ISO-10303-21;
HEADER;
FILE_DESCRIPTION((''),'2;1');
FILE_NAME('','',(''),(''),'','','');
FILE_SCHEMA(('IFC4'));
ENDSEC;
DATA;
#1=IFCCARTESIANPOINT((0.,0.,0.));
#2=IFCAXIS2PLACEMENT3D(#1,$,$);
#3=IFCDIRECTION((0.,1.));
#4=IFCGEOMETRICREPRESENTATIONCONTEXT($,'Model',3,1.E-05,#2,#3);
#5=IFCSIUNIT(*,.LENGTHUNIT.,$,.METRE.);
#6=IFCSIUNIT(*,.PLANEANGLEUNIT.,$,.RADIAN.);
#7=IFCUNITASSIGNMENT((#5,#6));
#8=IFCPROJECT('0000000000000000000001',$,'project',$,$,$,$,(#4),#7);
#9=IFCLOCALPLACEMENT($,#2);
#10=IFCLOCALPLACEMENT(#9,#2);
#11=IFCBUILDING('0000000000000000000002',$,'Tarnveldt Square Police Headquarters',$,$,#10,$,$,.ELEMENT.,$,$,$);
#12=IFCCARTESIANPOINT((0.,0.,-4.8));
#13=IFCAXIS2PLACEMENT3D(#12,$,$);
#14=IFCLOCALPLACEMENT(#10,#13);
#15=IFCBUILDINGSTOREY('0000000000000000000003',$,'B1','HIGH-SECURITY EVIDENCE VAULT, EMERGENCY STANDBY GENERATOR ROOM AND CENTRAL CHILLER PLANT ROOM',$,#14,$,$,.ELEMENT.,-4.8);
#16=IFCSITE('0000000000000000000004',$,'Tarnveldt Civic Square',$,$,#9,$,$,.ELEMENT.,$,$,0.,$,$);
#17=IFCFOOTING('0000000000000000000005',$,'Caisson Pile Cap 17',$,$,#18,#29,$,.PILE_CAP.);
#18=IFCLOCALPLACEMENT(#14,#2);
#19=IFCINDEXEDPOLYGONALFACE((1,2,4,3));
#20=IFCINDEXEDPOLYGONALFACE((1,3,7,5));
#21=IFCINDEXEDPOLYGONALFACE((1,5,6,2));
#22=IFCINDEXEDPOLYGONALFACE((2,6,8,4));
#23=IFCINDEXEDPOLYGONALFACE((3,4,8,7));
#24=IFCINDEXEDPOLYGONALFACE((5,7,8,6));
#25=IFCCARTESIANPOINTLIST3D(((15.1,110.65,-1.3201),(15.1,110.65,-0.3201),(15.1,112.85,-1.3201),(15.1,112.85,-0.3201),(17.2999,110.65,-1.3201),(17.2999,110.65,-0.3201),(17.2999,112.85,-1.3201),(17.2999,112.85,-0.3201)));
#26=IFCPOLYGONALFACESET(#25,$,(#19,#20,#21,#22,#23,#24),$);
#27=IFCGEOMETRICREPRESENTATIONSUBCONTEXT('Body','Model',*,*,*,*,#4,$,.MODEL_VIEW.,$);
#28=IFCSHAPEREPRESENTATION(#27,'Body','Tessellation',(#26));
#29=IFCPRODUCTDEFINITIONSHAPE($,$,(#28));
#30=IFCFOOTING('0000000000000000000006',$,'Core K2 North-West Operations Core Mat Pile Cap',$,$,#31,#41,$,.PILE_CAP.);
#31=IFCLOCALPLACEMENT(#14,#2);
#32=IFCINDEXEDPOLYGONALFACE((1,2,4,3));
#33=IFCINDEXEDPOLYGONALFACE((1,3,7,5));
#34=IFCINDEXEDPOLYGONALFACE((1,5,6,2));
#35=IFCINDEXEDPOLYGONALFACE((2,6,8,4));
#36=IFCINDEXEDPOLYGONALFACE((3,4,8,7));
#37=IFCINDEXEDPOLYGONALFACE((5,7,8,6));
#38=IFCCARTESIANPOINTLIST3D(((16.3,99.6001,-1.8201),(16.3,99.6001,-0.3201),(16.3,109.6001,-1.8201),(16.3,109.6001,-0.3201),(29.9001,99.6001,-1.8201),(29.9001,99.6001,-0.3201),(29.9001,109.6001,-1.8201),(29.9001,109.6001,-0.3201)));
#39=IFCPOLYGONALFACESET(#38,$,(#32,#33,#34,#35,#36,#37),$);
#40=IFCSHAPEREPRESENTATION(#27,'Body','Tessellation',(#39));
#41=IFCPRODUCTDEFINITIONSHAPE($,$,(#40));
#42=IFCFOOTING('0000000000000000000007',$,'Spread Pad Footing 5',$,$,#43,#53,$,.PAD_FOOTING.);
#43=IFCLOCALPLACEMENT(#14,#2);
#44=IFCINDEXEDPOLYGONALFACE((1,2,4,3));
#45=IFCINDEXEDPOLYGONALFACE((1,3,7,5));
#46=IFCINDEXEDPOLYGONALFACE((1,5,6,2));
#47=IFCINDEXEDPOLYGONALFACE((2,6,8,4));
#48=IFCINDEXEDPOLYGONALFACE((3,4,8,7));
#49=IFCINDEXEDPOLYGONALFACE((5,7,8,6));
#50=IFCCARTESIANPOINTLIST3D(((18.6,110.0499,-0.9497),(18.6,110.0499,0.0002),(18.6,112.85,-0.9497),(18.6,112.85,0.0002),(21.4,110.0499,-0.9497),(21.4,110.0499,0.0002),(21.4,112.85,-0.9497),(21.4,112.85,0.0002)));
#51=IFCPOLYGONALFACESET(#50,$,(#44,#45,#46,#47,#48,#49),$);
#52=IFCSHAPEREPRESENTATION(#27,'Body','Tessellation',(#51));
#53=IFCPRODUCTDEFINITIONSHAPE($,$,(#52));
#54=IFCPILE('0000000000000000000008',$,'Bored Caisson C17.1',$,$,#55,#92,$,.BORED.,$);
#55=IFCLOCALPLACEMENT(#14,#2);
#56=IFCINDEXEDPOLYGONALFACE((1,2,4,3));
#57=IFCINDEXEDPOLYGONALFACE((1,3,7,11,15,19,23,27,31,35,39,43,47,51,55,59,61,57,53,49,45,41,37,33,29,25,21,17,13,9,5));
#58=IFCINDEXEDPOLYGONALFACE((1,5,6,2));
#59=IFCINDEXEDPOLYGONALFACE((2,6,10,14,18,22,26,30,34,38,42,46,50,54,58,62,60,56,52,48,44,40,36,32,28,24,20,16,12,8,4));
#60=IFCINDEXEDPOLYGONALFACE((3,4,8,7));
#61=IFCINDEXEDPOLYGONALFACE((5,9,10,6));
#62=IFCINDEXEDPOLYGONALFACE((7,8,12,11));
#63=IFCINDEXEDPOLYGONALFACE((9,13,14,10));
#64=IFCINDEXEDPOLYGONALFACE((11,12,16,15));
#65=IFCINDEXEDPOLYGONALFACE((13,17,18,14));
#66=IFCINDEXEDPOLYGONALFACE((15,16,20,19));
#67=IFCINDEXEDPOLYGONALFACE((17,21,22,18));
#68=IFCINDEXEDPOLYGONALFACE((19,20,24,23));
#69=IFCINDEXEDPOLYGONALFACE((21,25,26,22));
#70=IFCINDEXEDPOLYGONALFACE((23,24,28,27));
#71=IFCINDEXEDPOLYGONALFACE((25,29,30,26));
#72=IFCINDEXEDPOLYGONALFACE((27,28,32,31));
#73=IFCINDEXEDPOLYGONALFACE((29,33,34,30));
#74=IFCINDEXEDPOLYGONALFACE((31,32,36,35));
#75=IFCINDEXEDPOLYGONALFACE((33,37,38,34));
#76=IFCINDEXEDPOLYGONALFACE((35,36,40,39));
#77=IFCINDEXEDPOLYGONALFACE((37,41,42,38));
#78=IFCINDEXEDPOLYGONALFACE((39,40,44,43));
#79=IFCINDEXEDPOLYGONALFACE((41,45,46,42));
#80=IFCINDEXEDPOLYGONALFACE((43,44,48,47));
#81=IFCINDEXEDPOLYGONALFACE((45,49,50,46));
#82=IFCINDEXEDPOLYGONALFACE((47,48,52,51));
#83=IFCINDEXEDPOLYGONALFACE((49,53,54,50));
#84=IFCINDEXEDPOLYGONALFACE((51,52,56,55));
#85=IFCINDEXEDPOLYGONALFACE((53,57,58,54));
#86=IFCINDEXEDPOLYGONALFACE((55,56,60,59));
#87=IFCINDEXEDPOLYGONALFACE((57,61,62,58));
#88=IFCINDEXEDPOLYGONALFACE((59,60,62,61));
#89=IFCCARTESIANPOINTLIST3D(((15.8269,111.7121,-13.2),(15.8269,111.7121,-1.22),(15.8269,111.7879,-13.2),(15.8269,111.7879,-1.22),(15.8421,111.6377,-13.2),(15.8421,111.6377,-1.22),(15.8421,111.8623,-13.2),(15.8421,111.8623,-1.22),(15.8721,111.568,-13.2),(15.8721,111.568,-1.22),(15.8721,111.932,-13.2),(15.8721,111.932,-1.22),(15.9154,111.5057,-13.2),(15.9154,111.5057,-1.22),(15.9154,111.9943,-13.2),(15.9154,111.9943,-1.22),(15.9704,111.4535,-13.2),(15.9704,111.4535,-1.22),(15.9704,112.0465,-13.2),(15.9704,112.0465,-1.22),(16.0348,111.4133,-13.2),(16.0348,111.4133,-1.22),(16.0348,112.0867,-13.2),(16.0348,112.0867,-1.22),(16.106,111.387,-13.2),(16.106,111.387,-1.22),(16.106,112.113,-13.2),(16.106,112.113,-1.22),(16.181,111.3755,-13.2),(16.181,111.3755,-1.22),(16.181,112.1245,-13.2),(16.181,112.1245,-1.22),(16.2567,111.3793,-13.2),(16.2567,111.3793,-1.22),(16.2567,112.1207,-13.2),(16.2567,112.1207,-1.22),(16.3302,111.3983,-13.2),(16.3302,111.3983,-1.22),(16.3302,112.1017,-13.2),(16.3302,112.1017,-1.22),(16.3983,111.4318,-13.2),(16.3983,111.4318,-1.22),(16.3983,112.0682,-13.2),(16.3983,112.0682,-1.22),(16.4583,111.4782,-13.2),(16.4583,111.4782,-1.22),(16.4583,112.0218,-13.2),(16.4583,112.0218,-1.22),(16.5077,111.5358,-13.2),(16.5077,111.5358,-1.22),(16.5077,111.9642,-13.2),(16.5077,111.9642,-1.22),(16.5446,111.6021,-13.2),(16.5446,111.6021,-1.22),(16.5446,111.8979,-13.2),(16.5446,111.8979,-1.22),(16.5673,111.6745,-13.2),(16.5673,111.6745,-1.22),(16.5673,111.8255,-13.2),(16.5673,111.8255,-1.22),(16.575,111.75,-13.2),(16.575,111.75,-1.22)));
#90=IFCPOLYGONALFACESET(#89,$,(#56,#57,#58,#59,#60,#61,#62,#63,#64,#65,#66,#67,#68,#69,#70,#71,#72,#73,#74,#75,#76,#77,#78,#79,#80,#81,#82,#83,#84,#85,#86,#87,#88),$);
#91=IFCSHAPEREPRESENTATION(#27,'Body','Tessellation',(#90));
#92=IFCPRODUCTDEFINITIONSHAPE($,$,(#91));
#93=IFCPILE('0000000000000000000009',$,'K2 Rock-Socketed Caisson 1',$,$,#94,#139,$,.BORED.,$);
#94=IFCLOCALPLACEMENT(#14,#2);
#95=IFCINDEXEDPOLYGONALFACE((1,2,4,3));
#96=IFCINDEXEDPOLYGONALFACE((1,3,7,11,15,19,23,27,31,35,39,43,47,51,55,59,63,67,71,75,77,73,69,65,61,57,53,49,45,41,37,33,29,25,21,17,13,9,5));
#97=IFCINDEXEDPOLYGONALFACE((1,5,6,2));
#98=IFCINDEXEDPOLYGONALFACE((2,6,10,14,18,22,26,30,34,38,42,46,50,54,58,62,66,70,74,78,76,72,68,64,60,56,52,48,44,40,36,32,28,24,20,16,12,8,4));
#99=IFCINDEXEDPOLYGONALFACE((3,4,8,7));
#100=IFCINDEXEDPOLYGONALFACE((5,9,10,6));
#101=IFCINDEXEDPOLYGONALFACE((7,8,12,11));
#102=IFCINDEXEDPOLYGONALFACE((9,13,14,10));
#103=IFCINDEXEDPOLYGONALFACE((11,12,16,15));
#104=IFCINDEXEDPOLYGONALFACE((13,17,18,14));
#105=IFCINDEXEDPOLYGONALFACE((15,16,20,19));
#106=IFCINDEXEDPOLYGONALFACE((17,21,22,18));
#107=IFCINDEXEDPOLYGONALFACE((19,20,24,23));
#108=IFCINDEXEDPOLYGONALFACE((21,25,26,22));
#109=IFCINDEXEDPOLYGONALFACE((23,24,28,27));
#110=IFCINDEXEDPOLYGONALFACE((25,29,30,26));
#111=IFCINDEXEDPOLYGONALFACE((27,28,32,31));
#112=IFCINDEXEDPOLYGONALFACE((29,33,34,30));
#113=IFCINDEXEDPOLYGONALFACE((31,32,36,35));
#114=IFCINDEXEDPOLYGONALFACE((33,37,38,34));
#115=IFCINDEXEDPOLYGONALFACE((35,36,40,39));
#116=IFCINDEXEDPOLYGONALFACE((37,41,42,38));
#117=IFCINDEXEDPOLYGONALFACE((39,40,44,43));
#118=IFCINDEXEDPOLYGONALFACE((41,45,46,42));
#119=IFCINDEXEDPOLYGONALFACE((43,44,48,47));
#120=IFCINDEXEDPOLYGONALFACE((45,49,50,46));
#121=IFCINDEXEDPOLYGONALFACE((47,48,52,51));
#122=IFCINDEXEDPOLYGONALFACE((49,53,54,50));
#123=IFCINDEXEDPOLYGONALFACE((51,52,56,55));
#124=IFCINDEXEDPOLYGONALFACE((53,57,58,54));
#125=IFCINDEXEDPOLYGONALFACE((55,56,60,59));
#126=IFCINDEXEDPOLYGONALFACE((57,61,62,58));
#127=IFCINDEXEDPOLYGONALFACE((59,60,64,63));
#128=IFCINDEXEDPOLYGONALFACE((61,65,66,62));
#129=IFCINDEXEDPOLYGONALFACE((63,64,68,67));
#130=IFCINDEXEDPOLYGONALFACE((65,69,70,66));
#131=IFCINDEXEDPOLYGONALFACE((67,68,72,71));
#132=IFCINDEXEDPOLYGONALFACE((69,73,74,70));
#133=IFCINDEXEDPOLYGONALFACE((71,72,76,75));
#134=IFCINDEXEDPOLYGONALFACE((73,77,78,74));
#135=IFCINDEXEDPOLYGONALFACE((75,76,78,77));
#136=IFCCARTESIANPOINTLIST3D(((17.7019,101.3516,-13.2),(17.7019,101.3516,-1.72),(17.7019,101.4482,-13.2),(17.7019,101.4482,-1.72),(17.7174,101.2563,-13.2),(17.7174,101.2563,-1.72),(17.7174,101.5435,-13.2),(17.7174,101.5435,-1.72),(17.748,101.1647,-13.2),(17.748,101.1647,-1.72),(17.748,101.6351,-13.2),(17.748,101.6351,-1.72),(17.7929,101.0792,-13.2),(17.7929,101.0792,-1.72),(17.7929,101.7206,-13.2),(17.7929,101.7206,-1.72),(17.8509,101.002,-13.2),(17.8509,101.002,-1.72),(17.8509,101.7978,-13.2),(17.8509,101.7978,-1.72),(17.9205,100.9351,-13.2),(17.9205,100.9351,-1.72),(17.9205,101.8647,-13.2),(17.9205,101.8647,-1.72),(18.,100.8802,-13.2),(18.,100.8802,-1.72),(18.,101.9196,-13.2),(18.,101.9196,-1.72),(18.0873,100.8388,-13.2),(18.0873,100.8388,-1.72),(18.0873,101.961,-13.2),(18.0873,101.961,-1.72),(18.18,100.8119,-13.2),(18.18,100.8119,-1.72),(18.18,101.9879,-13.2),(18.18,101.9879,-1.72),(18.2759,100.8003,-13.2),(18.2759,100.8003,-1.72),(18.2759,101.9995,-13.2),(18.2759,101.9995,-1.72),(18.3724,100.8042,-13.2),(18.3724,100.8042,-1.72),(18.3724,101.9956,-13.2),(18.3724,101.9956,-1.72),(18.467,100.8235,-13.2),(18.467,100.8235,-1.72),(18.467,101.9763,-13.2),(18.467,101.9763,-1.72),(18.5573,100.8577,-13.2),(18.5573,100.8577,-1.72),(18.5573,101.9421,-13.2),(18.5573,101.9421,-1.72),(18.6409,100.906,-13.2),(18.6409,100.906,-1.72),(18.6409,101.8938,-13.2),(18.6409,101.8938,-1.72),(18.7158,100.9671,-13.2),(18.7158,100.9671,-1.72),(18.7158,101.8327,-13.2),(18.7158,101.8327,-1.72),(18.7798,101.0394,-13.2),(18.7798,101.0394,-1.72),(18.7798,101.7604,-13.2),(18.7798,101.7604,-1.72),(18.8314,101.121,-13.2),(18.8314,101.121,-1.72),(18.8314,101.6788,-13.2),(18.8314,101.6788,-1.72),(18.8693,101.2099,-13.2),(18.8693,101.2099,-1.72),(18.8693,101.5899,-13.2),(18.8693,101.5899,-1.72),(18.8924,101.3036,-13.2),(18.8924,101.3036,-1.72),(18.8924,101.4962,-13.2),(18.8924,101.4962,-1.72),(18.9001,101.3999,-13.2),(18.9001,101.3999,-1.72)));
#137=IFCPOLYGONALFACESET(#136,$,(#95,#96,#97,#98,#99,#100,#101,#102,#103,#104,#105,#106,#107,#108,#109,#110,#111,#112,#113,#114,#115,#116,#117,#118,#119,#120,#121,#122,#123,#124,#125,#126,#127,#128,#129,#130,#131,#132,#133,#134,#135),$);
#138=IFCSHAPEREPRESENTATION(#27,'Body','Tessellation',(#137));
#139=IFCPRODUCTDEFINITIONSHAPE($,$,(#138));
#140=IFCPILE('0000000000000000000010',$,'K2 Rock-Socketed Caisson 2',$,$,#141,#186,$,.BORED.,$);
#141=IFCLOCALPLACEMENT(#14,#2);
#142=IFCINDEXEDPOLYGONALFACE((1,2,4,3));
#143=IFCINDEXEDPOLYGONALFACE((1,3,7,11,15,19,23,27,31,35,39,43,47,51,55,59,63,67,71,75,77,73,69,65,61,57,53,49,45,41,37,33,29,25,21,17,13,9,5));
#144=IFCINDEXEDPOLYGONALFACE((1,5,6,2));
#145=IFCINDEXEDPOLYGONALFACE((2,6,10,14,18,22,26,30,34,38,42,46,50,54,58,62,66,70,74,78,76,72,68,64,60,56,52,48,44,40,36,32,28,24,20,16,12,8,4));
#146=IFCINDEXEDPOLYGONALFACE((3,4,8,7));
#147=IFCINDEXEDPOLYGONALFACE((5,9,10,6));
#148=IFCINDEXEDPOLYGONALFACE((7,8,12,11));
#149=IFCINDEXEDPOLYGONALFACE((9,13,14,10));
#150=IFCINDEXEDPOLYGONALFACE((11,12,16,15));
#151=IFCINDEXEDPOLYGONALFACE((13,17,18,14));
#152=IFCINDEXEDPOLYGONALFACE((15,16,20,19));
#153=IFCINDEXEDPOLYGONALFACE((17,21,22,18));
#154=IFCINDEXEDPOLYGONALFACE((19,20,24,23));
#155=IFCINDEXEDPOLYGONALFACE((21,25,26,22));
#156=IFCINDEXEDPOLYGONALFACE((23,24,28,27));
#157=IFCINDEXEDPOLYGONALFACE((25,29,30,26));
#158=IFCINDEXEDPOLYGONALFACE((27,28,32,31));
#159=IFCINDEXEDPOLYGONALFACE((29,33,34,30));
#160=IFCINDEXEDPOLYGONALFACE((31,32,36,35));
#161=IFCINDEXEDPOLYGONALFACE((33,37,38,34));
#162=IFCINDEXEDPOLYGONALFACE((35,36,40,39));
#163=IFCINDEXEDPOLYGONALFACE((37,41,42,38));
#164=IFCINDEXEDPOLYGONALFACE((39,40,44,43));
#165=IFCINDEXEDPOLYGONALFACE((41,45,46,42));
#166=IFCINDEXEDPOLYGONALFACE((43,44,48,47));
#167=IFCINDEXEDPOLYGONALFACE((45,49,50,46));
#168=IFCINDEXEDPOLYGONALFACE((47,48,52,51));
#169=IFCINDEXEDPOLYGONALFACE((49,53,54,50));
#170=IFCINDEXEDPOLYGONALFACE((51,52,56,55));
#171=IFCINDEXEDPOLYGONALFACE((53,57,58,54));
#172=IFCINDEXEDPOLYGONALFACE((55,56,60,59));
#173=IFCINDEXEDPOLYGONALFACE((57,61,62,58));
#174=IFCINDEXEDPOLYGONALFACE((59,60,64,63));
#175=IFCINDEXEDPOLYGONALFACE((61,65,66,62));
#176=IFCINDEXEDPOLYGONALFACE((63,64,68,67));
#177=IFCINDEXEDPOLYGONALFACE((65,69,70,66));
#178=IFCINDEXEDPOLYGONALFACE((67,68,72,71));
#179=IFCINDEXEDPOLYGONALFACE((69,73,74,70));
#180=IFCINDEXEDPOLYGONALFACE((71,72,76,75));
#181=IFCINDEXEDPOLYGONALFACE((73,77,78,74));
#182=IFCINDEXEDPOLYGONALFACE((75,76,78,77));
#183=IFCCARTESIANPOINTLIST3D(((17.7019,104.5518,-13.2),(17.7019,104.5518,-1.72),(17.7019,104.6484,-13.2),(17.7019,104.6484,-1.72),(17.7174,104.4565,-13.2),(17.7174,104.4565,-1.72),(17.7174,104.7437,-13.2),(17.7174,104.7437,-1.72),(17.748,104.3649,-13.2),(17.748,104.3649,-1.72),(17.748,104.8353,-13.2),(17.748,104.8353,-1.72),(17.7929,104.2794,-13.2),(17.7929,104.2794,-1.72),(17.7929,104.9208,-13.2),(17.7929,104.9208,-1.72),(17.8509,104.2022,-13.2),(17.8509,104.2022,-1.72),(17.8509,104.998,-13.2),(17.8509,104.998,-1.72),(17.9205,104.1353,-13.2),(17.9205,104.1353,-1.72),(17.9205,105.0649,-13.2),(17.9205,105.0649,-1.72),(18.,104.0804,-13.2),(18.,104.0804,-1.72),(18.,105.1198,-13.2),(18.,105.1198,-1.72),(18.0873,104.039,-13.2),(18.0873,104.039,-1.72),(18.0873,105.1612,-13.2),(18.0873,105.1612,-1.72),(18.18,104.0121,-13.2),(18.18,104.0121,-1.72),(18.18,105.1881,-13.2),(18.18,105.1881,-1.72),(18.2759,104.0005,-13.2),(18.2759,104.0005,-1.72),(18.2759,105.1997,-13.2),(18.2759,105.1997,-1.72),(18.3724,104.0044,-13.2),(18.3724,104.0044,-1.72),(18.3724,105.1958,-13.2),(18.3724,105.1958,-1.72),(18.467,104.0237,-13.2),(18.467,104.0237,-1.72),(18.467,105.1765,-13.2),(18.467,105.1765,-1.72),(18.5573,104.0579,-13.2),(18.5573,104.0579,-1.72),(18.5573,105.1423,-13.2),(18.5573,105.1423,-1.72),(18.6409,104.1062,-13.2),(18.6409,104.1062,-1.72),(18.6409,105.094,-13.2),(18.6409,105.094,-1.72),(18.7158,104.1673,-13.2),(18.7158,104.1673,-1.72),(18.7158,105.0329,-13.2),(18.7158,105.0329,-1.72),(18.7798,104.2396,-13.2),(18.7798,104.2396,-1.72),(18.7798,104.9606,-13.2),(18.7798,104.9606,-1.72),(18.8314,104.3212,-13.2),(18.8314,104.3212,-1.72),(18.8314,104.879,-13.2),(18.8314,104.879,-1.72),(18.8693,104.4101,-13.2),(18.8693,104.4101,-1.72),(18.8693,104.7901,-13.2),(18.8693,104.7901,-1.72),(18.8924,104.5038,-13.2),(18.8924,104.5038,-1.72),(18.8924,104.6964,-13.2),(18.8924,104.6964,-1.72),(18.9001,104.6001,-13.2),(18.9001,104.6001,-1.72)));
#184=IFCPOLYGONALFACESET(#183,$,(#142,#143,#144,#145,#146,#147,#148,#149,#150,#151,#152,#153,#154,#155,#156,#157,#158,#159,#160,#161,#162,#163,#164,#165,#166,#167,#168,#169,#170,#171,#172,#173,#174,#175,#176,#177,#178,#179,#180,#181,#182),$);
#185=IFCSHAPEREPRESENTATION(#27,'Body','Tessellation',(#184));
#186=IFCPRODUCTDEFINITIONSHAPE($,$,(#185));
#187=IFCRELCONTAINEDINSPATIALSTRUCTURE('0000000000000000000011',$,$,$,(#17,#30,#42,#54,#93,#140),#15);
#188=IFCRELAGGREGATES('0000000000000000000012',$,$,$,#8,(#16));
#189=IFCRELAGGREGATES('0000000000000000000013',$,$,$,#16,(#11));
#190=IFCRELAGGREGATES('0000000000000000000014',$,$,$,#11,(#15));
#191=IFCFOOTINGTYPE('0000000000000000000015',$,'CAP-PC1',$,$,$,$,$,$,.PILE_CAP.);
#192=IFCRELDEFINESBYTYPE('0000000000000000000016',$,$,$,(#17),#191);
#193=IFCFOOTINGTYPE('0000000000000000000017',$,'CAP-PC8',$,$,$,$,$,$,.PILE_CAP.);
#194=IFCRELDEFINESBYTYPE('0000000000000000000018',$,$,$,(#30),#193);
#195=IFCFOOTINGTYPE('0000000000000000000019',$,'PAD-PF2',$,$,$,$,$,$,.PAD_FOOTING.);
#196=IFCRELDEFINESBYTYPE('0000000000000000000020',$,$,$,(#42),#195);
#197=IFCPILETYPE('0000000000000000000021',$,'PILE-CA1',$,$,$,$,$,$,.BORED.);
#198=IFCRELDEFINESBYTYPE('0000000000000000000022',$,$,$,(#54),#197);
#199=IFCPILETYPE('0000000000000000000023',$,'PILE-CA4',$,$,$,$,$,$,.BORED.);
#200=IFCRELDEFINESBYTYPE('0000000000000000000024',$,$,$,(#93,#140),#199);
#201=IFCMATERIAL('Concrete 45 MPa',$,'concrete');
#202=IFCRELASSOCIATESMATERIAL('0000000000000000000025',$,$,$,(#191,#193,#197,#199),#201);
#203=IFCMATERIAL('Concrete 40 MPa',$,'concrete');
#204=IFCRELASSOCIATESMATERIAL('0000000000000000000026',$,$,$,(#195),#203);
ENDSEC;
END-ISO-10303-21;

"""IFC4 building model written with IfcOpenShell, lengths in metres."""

from ifc_helpers import new_model, si_unit, direction, frame, origin, origin_2d, place, context, subcontext, project, spatial, rectangle, circle, extrude, material, material_profile, profile_set, type_object, element, save


model = new_model("IFC4")

# Units and contexts
model_context = context("Model", 3, precision=1e-05, world=origin(), true_north=direction((0.0, 1.0)))
body_context = subcontext(model_context, "Body", "Model", "MODEL_VIEW")
ifc_project = project(units=[si_unit("LENGTHUNIT", "METRE"), si_unit("PLANEANGLEUNIT", "RADIAN")], contexts=[model_context])

# Site, building, storey
site_placement = place(None, origin())
site = spatial("IfcSite", under=ifc_project, at=site_placement, Name="Tarnveldt Civic Square", CompositionType="ELEMENT", RefElevation=0.0)
building_placement = place(site_placement, origin())
building = spatial("IfcBuilding", under=site, at=building_placement, Name="Tarnveldt Square Police Headquarters", CompositionType="ELEMENT")
storey_placement = place(building_placement, frame((0.0, 0.0, -4.8)))
storey = spatial("IfcBuildingStorey", under=building, at=storey_placement, Name="B1", Description="HIGH-SECURITY EVIDENCE VAULT, EMERGENCY STANDBY GENERATOR ROOM AND CENTRAL CHILLER PLANT ROOM", CompositionType="ELEMENT", Elevation=-4.8)

# Footings
ifc_material_1 = material(Name="Concrete 45 MPa", Category="concrete")
footing_type_1 = type_object("IfcFootingType", Name="CAP-PC1", PredefinedType="PILE_CAP", material=ifc_material_1)
footing_1_placement = place(storey_placement, frame((16.2, 111.75, -1.3201), z_axis=(0.0, 0.0, 1.0), x_axis=(1.0, 0.0, 0.0)))
element("IfcFooting", 1, at=footing_1_placement, inside=storey, type_object=footing_type_1, Name="Caisson Pile Cap 17", PredefinedType="PILE_CAP", context=body_context, shape_type="SweptSolid", body=[
    extrude(rectangle(XDim=2.2, YDim=2.2, at=origin_2d()), origin(), (0.0, 0.0, 1.0), 1.0),
])
footing_type_2 = type_object("IfcFootingType", Name="CAP-PC8", PredefinedType="PILE_CAP", material=ifc_material_1)
footing_2_placement = place(storey_placement, frame((23.1001, 104.6001, -1.8201), z_axis=(0.0, 0.0, 1.0), x_axis=(1.0, 0.0, 0.0)))
element("IfcFooting", 2, at=footing_2_placement, inside=storey, type_object=footing_type_2, Name="Core K2 North-West Operations Core Mat Pile Cap", PredefinedType="PILE_CAP", context=body_context, shape_type="SweptSolid", body=[
    extrude(rectangle(XDim=13.6001, YDim=10.0, at=origin_2d()), origin(), (0.0, 0.0, 1.0), 1.5),
])
ifc_material_2 = material(Name="Concrete 40 MPa", Category="concrete")
footing_type_3 = type_object("IfcFootingType", Name="PAD-PF2", PredefinedType="PAD_FOOTING", material=ifc_material_2)
footing_3_placement = place(storey_placement, frame((20.0, 111.45, -0.9497), z_axis=(0.0, 0.0, 1.0), x_axis=(1.0, 0.0, 0.0)))
element("IfcFooting", 3, at=footing_3_placement, inside=storey, type_object=footing_type_3, Name="Spread Pad Footing 5", PredefinedType="PAD_FOOTING", context=body_context, shape_type="SweptSolid", body=[
    extrude(rectangle(XDim=2.8, YDim=2.8, at=origin_2d()), origin(), (0.0, 0.0, 1.0), 0.95),
])

# Piles
ifc_material_profile_1 = material_profile(ifc_material_1, circle(Radius=0.375, at=origin_2d()), Name="CAISSON-D750")
ifc_profile_set_1 = profile_set([ifc_material_profile_1], Name="Concrete 45 MPa")
pile_type_1 = type_object("IfcPileType", Name="PILE-CA1", PredefinedType="BORED", material=ifc_profile_set_1)
pile_placement = place(storey_placement, frame((16.2, 111.75, -1.22), z_axis=(0.0, 0.0, -1.0), x_axis=(1.0, 0.0, 0.0)))
element("IfcPile", 4, at=pile_placement, inside=storey, type_object=pile_type_1, Name="Bored Caisson C17.1", PredefinedType="BORED", context=body_context, shape_type="SweptSolid", body=[
    extrude(circle(Radius=0.375, at=origin_2d()), origin(), (0.0, 0.0, 1.0), 11.98),
])
ifc_material_profile_2 = material_profile(ifc_material_1, circle(Radius=0.6001, at=origin_2d()), Name="CAISSON-D1200")
ifc_profile_set_2 = profile_set([ifc_material_profile_2], Name="Concrete 45 MPa")
pile_type_2 = type_object("IfcPileType", Name="PILE-CA4", PredefinedType="BORED", material=ifc_profile_set_2)
for number, where, z_axis, x_axis, name in (
    (5, (18.3, 101.3999, -1.72), (0.0, 0.0, -1.0), (1.0, 0.0, 0.0), "K2 Rock-Socketed Caisson 1"),
    (6, (18.3, 104.6001, -1.72), (0.0, 0.0, -1.0), (1.0, 0.0, 0.0), "K2 Rock-Socketed Caisson 2"),
):
    element("IfcPile", number, at=place(storey_placement, frame(where, z_axis=z_axis, x_axis=x_axis)), inside=storey, type_object=pile_type_2, Name=name, PredefinedType="BORED", context=body_context, shape_type="SweptSolid", body=[
        extrude(circle(Radius=0.6001, at=origin_2d()), origin(), (0.0, 0.0, 1.0), 11.48),
    ])

save(model, "model.ifc")
